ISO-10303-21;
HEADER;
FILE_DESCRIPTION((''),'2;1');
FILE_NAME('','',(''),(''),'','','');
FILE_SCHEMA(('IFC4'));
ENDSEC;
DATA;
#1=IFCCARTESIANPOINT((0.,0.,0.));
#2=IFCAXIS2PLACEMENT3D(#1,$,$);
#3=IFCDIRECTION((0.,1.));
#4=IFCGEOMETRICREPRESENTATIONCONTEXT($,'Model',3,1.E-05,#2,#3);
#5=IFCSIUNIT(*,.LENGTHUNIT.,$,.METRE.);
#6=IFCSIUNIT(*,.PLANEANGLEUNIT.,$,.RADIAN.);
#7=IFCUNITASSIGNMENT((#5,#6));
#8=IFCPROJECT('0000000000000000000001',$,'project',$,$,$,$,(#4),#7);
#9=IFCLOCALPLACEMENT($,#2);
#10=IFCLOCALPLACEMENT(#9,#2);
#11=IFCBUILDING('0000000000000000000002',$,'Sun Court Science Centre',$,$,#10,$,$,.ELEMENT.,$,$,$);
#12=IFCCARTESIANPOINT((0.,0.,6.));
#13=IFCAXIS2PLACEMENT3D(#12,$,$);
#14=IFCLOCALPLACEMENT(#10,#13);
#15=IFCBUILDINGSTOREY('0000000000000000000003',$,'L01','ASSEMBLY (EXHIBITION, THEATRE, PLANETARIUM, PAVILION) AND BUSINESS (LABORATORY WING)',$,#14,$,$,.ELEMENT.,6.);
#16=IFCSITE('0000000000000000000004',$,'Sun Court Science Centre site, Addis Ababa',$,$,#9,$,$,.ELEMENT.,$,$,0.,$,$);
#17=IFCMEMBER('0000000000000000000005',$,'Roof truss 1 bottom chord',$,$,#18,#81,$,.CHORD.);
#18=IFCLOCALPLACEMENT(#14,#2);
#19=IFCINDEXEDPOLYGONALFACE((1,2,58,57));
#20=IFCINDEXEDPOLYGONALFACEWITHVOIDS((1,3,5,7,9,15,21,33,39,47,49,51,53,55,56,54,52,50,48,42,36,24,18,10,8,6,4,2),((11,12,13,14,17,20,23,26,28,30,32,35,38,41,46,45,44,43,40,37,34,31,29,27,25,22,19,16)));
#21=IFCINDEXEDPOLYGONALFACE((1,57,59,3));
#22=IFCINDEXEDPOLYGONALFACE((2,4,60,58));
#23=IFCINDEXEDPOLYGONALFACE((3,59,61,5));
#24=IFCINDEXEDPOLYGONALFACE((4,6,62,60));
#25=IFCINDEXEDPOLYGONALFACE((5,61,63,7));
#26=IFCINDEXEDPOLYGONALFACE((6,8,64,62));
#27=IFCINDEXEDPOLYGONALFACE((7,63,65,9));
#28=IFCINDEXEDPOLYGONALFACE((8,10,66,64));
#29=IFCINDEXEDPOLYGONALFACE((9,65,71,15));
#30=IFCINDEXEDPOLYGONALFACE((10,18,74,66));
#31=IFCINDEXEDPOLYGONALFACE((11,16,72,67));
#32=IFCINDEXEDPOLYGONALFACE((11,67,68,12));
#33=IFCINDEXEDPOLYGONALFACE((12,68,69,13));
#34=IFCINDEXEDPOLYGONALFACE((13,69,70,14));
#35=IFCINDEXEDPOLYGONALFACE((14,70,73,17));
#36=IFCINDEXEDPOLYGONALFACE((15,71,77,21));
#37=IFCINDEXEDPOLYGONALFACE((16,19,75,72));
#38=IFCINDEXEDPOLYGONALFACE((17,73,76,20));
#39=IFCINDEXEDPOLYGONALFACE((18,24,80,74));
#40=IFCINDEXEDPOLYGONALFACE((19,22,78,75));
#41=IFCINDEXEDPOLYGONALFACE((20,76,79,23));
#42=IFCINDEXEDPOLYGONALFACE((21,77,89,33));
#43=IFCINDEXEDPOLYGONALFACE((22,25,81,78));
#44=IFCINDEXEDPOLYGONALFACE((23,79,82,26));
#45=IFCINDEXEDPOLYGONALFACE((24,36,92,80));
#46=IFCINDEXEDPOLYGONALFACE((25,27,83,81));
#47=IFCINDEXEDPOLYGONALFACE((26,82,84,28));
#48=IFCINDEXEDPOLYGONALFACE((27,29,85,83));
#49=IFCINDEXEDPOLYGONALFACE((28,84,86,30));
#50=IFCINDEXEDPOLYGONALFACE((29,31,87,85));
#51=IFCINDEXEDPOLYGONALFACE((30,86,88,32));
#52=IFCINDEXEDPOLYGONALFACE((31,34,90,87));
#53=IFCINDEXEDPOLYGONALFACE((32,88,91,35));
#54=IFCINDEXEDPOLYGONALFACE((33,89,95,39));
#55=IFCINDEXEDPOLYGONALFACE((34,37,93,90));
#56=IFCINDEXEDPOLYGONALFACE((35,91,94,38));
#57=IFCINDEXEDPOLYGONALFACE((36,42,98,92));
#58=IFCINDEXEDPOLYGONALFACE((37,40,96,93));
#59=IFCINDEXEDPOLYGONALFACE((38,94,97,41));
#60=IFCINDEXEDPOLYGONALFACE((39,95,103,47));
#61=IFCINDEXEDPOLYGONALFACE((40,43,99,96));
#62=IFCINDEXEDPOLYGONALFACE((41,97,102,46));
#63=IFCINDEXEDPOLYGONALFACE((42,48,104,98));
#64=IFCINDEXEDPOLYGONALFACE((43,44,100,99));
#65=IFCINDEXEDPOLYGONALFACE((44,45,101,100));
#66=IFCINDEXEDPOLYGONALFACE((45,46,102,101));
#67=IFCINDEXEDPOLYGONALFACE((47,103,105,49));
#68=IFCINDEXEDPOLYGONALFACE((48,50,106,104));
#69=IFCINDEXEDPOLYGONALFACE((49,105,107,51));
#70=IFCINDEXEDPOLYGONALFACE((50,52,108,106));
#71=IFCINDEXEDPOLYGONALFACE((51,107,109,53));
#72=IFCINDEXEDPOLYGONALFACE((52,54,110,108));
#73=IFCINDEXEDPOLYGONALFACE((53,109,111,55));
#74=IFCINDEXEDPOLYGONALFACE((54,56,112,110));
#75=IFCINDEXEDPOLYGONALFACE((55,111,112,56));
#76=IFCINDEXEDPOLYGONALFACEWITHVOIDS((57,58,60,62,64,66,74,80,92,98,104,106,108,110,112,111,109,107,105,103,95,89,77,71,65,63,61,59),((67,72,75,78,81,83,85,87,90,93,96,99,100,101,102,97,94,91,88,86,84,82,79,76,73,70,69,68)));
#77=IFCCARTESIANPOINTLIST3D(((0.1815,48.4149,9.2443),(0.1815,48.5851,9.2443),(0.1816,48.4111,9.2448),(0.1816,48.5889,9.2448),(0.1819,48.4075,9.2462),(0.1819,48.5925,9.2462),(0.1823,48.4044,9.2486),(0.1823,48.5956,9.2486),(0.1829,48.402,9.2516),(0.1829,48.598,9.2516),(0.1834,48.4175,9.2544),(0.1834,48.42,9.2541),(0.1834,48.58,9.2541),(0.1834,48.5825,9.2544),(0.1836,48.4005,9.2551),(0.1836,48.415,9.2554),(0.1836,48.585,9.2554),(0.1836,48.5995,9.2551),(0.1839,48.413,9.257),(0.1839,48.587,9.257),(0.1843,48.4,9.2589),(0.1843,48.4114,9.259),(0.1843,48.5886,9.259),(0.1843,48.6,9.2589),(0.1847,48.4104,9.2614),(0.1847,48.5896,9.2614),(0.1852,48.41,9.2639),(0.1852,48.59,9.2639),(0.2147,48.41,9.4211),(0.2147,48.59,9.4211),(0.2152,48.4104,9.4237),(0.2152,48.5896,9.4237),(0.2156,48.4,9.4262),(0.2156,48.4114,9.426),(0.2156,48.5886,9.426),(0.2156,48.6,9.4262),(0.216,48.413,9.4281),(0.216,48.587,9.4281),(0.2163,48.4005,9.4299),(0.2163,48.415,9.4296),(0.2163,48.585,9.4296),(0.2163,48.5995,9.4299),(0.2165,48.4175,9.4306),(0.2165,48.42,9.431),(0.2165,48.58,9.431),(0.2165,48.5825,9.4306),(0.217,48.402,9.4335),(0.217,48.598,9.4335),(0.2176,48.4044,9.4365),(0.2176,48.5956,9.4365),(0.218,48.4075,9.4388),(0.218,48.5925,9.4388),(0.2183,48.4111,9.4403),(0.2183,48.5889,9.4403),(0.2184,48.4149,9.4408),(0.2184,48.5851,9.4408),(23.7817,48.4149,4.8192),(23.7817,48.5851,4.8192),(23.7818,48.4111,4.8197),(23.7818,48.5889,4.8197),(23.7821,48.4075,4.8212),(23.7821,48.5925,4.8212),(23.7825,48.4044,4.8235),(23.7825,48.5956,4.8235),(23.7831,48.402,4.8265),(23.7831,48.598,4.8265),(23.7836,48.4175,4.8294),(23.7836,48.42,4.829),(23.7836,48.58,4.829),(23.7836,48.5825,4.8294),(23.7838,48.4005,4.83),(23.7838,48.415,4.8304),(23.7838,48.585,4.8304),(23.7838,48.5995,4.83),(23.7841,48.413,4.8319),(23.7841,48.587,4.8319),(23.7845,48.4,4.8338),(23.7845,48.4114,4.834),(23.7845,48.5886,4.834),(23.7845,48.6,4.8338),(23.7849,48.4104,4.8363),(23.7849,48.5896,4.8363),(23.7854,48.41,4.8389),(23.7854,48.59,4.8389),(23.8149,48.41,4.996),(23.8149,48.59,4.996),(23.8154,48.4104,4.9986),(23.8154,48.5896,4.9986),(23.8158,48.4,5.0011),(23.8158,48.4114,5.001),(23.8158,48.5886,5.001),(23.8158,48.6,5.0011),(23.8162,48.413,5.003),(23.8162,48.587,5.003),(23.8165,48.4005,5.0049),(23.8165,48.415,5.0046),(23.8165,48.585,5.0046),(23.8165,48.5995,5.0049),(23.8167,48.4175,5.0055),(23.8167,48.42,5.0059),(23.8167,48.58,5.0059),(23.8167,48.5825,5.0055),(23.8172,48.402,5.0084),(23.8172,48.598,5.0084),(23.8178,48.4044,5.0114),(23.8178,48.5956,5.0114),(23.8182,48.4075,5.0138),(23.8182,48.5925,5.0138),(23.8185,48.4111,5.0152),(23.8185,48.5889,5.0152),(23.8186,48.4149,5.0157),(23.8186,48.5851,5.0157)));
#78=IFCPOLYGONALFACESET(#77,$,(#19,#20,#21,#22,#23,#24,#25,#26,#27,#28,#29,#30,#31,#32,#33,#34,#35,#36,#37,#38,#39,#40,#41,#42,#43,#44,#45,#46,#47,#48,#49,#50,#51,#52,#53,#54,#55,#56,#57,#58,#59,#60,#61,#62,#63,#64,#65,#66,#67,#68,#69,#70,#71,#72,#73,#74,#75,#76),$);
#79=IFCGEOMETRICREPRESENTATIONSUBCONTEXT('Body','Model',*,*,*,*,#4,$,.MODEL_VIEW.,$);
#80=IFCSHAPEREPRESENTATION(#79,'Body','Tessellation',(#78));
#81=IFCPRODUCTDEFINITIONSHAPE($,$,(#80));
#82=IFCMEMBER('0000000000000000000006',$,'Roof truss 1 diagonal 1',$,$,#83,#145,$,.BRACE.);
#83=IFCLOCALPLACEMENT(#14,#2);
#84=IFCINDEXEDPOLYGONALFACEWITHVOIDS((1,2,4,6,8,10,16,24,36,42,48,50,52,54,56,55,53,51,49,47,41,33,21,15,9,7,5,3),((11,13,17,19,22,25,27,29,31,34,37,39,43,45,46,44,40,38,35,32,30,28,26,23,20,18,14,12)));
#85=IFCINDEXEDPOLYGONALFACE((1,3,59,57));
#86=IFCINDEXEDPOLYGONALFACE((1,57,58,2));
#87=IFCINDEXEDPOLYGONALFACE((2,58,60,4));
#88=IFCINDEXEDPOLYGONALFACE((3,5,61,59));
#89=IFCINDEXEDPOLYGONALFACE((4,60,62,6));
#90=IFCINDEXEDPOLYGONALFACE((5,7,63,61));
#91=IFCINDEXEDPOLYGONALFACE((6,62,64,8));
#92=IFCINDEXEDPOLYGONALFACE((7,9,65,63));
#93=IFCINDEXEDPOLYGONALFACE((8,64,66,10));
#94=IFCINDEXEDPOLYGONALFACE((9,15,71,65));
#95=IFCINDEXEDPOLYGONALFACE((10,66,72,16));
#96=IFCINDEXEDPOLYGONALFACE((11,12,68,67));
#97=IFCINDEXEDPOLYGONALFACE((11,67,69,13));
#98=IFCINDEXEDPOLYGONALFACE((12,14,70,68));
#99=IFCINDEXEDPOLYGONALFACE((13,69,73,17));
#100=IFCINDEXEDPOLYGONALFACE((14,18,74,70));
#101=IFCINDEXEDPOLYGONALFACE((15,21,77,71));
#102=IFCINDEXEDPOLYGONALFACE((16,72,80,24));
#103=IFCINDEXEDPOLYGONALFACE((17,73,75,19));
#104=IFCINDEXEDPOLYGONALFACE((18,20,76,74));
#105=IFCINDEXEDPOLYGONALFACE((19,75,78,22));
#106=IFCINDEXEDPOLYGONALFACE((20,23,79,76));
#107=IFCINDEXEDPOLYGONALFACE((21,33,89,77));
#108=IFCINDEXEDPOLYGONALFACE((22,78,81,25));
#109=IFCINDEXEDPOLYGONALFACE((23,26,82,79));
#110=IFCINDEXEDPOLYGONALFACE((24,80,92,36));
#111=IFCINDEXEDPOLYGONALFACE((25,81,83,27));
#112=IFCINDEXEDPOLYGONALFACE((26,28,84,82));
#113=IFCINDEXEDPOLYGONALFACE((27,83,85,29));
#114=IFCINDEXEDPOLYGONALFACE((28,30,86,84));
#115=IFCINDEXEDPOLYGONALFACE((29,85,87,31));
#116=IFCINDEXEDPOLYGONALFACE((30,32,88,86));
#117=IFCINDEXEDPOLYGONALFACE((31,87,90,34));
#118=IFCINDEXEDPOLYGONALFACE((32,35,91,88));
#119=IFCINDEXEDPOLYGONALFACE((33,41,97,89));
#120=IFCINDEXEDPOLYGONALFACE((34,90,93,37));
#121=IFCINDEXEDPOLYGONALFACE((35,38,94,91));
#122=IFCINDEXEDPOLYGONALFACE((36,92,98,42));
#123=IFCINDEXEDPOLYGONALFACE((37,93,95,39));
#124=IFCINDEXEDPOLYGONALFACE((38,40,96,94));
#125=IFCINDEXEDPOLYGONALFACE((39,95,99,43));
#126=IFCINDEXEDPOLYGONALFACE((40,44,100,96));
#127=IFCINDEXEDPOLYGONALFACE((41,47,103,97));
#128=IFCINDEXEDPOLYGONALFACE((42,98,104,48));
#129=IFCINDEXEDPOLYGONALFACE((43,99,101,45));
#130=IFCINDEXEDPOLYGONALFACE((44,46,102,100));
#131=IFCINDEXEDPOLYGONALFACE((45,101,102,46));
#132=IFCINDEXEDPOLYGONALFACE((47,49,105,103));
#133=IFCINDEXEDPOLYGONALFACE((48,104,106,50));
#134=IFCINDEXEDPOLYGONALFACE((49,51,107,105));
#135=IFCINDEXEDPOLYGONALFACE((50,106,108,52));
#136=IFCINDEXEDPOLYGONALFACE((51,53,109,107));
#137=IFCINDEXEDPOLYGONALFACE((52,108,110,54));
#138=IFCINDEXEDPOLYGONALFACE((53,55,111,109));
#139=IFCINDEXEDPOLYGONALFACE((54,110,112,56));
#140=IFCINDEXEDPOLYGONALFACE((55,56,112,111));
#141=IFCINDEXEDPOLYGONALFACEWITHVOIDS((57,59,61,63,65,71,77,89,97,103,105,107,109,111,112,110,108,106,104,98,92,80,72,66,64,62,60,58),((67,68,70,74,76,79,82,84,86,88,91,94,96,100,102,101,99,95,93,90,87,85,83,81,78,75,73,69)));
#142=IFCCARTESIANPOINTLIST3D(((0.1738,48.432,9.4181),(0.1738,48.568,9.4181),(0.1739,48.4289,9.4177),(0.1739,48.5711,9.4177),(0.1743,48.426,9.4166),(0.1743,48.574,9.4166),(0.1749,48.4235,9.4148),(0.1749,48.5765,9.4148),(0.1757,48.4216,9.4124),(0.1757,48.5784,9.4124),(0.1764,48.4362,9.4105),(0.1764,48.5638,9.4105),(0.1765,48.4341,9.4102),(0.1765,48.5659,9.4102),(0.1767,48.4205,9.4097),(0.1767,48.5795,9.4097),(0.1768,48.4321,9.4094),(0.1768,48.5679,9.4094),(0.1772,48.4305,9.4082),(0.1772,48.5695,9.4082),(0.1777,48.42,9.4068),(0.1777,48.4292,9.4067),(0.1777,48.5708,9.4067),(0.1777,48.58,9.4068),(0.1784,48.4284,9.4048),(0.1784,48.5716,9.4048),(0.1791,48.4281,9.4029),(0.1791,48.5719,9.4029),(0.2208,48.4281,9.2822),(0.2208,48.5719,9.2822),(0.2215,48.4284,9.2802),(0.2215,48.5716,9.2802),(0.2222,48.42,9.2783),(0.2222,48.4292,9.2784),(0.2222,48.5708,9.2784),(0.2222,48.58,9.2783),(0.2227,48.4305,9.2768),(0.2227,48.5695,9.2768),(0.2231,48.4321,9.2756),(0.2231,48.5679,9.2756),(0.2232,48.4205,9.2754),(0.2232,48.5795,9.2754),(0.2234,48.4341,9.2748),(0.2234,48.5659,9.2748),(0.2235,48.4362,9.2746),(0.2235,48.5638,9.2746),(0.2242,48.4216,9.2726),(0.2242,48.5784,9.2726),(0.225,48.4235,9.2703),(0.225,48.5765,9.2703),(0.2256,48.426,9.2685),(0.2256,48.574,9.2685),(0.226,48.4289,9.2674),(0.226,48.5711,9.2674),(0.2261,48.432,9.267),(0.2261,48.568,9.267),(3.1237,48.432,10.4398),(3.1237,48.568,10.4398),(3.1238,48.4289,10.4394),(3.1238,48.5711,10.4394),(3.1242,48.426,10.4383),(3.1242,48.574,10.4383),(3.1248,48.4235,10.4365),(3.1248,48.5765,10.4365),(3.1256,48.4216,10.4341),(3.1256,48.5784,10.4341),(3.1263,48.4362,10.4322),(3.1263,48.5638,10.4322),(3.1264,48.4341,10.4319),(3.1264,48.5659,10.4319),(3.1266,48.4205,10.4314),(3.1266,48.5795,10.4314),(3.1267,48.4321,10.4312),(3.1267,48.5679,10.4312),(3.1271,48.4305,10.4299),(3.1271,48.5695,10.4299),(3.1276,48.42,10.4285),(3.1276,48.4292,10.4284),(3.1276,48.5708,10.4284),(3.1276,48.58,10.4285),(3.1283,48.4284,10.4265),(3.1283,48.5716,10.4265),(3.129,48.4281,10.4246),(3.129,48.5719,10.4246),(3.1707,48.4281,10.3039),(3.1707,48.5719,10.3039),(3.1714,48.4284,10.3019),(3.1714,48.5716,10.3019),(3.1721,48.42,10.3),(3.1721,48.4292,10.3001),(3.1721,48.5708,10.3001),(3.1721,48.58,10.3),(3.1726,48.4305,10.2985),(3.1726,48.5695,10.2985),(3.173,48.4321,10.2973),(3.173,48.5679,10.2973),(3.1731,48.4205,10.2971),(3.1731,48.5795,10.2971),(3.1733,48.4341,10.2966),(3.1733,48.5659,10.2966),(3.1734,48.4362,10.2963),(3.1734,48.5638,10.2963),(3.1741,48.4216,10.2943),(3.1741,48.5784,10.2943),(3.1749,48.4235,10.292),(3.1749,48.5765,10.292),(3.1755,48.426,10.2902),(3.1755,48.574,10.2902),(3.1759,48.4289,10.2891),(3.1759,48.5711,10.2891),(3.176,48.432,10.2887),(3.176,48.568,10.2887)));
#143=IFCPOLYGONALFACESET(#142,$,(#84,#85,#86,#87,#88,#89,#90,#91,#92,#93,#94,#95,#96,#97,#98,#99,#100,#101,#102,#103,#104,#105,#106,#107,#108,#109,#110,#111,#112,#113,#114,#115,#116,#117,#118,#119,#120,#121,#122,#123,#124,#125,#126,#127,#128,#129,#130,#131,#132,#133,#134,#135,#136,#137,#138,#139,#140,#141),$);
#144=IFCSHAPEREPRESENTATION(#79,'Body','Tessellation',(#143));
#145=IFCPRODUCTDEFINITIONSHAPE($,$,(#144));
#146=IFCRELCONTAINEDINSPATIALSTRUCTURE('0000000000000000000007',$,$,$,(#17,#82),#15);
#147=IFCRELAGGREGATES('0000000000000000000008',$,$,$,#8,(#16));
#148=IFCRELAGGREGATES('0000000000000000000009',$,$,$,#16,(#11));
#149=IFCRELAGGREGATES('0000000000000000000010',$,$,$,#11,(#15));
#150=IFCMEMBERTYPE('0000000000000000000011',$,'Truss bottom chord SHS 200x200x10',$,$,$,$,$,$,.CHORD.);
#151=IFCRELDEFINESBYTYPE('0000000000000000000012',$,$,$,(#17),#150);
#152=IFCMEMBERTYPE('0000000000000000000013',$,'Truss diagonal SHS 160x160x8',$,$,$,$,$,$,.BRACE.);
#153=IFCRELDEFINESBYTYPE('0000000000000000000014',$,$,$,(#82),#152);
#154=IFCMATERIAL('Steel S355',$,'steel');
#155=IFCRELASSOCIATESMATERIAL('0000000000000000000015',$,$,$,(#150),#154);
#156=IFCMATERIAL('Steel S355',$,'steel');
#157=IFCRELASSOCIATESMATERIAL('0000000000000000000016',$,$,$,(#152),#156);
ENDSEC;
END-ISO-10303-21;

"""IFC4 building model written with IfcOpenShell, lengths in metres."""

from ifc_helpers import new_model, si_unit, direction, frame, origin, origin_2d, place, context, subcontext, project, spatial, hollow_rectangle, extrude, material, material_profile, profile_set, type_object, element, save


model = new_model("IFC4")

# Units and contexts
model_context = context("Model", 3, precision=1e-05, world=origin(), true_north=direction((0.0, 1.0)))
body_context = subcontext(model_context, "Body", "Model", "MODEL_VIEW")
ifc_project = project(units=[si_unit("LENGTHUNIT", "METRE"), si_unit("PLANEANGLEUNIT", "RADIAN")], contexts=[model_context])

# Site, building, storey
site_placement = place(None, origin())
site = spatial("IfcSite", under=ifc_project, at=site_placement, Name="Sun Court Science Centre site, Addis Ababa", CompositionType="ELEMENT", RefElevation=0.0)
building_placement = place(site_placement, origin())
building = spatial("IfcBuilding", under=site, at=building_placement, Name="Sun Court Science Centre", CompositionType="ELEMENT")
storey_placement = place(building_placement, frame((0.0, 0.0, 6.0)))
storey = spatial("IfcBuildingStorey", under=building, at=storey_placement, Name="L01", Description="ASSEMBLY (EXHIBITION, THEATRE, PLANETARIUM, PAVILION) AND BUSINESS (LABORATORY WING)", CompositionType="ELEMENT", Elevation=6.0)

# Members
ifc_material_1 = material(Name="Steel S355", Category="steel")
ifc_material_profile_1 = material_profile(ifc_material_1, hollow_rectangle(XDim=0.2, YDim=0.2, WallThickness=0.01, InnerFilletRadius=0.01, OuterFilletRadius=0.0149, at=origin_2d()), Name="SHS 200x200x10")
ifc_profile_set_1 = profile_set([ifc_material_profile_1], Name="Steel S355")
member_type_1 = type_object("IfcMemberType", Name="Truss bottom chord SHS 200x200x10", PredefinedType="CHORD", material=ifc_profile_set_1)
member_1_placement = place(storey_placement, frame((0.2, 48.5, 9.3425), z_axis=(0.982872, 0.0, -0.18429), x_axis=(0.0, 1.0, 0.0)))
element("IfcMember", 1, at=member_1_placement, inside=storey, type_object=member_type_1, Name="Roof truss 1 bottom chord", PredefinedType="CHORD", context=body_context, shape_type="SweptSolid", body=[
    extrude(hollow_rectangle(XDim=0.2, YDim=0.2, WallThickness=0.01, InnerFilletRadius=0.01, OuterFilletRadius=0.0149, at=origin_2d()), origin(), (0.0, 0.0, 1.0), 24.0115),
])
ifc_material_2 = material(Name="Steel S355", Category="steel")
ifc_material_profile_2 = material_profile(ifc_material_2, hollow_rectangle(XDim=0.1599, YDim=0.1599, WallThickness=0.0081, InnerFilletRadius=0.0081, OuterFilletRadius=0.012, at=origin_2d()), Name="SHS 160x160x8")
ifc_profile_set_2 = profile_set([ifc_material_profile_2], Name="Steel S355")
member_type_2 = type_object("IfcMemberType", Name="Truss diagonal SHS 160x160x8", PredefinedType="BRACE", material=ifc_profile_set_2)
member_2_placement = place(storey_placement, frame((0.2, 48.5, 9.3425), z_axis=(0.944927, 0.0, 0.32728), x_axis=(0.0, 1.0, 0.0)))
element("IfcMember", 2, at=member_2_placement, inside=storey, type_object=member_type_2, Name="Roof truss 1 diagonal 1", PredefinedType="BRACE", context=body_context, shape_type="SweptSolid", body=[
    extrude(hollow_rectangle(XDim=0.1599, YDim=0.1599, WallThickness=0.0081, InnerFilletRadius=0.0081, OuterFilletRadius=0.012, at=origin_2d()), origin(), (0.0, 0.0, 1.0), 3.1218),
])

save(model, "model.ifc")
